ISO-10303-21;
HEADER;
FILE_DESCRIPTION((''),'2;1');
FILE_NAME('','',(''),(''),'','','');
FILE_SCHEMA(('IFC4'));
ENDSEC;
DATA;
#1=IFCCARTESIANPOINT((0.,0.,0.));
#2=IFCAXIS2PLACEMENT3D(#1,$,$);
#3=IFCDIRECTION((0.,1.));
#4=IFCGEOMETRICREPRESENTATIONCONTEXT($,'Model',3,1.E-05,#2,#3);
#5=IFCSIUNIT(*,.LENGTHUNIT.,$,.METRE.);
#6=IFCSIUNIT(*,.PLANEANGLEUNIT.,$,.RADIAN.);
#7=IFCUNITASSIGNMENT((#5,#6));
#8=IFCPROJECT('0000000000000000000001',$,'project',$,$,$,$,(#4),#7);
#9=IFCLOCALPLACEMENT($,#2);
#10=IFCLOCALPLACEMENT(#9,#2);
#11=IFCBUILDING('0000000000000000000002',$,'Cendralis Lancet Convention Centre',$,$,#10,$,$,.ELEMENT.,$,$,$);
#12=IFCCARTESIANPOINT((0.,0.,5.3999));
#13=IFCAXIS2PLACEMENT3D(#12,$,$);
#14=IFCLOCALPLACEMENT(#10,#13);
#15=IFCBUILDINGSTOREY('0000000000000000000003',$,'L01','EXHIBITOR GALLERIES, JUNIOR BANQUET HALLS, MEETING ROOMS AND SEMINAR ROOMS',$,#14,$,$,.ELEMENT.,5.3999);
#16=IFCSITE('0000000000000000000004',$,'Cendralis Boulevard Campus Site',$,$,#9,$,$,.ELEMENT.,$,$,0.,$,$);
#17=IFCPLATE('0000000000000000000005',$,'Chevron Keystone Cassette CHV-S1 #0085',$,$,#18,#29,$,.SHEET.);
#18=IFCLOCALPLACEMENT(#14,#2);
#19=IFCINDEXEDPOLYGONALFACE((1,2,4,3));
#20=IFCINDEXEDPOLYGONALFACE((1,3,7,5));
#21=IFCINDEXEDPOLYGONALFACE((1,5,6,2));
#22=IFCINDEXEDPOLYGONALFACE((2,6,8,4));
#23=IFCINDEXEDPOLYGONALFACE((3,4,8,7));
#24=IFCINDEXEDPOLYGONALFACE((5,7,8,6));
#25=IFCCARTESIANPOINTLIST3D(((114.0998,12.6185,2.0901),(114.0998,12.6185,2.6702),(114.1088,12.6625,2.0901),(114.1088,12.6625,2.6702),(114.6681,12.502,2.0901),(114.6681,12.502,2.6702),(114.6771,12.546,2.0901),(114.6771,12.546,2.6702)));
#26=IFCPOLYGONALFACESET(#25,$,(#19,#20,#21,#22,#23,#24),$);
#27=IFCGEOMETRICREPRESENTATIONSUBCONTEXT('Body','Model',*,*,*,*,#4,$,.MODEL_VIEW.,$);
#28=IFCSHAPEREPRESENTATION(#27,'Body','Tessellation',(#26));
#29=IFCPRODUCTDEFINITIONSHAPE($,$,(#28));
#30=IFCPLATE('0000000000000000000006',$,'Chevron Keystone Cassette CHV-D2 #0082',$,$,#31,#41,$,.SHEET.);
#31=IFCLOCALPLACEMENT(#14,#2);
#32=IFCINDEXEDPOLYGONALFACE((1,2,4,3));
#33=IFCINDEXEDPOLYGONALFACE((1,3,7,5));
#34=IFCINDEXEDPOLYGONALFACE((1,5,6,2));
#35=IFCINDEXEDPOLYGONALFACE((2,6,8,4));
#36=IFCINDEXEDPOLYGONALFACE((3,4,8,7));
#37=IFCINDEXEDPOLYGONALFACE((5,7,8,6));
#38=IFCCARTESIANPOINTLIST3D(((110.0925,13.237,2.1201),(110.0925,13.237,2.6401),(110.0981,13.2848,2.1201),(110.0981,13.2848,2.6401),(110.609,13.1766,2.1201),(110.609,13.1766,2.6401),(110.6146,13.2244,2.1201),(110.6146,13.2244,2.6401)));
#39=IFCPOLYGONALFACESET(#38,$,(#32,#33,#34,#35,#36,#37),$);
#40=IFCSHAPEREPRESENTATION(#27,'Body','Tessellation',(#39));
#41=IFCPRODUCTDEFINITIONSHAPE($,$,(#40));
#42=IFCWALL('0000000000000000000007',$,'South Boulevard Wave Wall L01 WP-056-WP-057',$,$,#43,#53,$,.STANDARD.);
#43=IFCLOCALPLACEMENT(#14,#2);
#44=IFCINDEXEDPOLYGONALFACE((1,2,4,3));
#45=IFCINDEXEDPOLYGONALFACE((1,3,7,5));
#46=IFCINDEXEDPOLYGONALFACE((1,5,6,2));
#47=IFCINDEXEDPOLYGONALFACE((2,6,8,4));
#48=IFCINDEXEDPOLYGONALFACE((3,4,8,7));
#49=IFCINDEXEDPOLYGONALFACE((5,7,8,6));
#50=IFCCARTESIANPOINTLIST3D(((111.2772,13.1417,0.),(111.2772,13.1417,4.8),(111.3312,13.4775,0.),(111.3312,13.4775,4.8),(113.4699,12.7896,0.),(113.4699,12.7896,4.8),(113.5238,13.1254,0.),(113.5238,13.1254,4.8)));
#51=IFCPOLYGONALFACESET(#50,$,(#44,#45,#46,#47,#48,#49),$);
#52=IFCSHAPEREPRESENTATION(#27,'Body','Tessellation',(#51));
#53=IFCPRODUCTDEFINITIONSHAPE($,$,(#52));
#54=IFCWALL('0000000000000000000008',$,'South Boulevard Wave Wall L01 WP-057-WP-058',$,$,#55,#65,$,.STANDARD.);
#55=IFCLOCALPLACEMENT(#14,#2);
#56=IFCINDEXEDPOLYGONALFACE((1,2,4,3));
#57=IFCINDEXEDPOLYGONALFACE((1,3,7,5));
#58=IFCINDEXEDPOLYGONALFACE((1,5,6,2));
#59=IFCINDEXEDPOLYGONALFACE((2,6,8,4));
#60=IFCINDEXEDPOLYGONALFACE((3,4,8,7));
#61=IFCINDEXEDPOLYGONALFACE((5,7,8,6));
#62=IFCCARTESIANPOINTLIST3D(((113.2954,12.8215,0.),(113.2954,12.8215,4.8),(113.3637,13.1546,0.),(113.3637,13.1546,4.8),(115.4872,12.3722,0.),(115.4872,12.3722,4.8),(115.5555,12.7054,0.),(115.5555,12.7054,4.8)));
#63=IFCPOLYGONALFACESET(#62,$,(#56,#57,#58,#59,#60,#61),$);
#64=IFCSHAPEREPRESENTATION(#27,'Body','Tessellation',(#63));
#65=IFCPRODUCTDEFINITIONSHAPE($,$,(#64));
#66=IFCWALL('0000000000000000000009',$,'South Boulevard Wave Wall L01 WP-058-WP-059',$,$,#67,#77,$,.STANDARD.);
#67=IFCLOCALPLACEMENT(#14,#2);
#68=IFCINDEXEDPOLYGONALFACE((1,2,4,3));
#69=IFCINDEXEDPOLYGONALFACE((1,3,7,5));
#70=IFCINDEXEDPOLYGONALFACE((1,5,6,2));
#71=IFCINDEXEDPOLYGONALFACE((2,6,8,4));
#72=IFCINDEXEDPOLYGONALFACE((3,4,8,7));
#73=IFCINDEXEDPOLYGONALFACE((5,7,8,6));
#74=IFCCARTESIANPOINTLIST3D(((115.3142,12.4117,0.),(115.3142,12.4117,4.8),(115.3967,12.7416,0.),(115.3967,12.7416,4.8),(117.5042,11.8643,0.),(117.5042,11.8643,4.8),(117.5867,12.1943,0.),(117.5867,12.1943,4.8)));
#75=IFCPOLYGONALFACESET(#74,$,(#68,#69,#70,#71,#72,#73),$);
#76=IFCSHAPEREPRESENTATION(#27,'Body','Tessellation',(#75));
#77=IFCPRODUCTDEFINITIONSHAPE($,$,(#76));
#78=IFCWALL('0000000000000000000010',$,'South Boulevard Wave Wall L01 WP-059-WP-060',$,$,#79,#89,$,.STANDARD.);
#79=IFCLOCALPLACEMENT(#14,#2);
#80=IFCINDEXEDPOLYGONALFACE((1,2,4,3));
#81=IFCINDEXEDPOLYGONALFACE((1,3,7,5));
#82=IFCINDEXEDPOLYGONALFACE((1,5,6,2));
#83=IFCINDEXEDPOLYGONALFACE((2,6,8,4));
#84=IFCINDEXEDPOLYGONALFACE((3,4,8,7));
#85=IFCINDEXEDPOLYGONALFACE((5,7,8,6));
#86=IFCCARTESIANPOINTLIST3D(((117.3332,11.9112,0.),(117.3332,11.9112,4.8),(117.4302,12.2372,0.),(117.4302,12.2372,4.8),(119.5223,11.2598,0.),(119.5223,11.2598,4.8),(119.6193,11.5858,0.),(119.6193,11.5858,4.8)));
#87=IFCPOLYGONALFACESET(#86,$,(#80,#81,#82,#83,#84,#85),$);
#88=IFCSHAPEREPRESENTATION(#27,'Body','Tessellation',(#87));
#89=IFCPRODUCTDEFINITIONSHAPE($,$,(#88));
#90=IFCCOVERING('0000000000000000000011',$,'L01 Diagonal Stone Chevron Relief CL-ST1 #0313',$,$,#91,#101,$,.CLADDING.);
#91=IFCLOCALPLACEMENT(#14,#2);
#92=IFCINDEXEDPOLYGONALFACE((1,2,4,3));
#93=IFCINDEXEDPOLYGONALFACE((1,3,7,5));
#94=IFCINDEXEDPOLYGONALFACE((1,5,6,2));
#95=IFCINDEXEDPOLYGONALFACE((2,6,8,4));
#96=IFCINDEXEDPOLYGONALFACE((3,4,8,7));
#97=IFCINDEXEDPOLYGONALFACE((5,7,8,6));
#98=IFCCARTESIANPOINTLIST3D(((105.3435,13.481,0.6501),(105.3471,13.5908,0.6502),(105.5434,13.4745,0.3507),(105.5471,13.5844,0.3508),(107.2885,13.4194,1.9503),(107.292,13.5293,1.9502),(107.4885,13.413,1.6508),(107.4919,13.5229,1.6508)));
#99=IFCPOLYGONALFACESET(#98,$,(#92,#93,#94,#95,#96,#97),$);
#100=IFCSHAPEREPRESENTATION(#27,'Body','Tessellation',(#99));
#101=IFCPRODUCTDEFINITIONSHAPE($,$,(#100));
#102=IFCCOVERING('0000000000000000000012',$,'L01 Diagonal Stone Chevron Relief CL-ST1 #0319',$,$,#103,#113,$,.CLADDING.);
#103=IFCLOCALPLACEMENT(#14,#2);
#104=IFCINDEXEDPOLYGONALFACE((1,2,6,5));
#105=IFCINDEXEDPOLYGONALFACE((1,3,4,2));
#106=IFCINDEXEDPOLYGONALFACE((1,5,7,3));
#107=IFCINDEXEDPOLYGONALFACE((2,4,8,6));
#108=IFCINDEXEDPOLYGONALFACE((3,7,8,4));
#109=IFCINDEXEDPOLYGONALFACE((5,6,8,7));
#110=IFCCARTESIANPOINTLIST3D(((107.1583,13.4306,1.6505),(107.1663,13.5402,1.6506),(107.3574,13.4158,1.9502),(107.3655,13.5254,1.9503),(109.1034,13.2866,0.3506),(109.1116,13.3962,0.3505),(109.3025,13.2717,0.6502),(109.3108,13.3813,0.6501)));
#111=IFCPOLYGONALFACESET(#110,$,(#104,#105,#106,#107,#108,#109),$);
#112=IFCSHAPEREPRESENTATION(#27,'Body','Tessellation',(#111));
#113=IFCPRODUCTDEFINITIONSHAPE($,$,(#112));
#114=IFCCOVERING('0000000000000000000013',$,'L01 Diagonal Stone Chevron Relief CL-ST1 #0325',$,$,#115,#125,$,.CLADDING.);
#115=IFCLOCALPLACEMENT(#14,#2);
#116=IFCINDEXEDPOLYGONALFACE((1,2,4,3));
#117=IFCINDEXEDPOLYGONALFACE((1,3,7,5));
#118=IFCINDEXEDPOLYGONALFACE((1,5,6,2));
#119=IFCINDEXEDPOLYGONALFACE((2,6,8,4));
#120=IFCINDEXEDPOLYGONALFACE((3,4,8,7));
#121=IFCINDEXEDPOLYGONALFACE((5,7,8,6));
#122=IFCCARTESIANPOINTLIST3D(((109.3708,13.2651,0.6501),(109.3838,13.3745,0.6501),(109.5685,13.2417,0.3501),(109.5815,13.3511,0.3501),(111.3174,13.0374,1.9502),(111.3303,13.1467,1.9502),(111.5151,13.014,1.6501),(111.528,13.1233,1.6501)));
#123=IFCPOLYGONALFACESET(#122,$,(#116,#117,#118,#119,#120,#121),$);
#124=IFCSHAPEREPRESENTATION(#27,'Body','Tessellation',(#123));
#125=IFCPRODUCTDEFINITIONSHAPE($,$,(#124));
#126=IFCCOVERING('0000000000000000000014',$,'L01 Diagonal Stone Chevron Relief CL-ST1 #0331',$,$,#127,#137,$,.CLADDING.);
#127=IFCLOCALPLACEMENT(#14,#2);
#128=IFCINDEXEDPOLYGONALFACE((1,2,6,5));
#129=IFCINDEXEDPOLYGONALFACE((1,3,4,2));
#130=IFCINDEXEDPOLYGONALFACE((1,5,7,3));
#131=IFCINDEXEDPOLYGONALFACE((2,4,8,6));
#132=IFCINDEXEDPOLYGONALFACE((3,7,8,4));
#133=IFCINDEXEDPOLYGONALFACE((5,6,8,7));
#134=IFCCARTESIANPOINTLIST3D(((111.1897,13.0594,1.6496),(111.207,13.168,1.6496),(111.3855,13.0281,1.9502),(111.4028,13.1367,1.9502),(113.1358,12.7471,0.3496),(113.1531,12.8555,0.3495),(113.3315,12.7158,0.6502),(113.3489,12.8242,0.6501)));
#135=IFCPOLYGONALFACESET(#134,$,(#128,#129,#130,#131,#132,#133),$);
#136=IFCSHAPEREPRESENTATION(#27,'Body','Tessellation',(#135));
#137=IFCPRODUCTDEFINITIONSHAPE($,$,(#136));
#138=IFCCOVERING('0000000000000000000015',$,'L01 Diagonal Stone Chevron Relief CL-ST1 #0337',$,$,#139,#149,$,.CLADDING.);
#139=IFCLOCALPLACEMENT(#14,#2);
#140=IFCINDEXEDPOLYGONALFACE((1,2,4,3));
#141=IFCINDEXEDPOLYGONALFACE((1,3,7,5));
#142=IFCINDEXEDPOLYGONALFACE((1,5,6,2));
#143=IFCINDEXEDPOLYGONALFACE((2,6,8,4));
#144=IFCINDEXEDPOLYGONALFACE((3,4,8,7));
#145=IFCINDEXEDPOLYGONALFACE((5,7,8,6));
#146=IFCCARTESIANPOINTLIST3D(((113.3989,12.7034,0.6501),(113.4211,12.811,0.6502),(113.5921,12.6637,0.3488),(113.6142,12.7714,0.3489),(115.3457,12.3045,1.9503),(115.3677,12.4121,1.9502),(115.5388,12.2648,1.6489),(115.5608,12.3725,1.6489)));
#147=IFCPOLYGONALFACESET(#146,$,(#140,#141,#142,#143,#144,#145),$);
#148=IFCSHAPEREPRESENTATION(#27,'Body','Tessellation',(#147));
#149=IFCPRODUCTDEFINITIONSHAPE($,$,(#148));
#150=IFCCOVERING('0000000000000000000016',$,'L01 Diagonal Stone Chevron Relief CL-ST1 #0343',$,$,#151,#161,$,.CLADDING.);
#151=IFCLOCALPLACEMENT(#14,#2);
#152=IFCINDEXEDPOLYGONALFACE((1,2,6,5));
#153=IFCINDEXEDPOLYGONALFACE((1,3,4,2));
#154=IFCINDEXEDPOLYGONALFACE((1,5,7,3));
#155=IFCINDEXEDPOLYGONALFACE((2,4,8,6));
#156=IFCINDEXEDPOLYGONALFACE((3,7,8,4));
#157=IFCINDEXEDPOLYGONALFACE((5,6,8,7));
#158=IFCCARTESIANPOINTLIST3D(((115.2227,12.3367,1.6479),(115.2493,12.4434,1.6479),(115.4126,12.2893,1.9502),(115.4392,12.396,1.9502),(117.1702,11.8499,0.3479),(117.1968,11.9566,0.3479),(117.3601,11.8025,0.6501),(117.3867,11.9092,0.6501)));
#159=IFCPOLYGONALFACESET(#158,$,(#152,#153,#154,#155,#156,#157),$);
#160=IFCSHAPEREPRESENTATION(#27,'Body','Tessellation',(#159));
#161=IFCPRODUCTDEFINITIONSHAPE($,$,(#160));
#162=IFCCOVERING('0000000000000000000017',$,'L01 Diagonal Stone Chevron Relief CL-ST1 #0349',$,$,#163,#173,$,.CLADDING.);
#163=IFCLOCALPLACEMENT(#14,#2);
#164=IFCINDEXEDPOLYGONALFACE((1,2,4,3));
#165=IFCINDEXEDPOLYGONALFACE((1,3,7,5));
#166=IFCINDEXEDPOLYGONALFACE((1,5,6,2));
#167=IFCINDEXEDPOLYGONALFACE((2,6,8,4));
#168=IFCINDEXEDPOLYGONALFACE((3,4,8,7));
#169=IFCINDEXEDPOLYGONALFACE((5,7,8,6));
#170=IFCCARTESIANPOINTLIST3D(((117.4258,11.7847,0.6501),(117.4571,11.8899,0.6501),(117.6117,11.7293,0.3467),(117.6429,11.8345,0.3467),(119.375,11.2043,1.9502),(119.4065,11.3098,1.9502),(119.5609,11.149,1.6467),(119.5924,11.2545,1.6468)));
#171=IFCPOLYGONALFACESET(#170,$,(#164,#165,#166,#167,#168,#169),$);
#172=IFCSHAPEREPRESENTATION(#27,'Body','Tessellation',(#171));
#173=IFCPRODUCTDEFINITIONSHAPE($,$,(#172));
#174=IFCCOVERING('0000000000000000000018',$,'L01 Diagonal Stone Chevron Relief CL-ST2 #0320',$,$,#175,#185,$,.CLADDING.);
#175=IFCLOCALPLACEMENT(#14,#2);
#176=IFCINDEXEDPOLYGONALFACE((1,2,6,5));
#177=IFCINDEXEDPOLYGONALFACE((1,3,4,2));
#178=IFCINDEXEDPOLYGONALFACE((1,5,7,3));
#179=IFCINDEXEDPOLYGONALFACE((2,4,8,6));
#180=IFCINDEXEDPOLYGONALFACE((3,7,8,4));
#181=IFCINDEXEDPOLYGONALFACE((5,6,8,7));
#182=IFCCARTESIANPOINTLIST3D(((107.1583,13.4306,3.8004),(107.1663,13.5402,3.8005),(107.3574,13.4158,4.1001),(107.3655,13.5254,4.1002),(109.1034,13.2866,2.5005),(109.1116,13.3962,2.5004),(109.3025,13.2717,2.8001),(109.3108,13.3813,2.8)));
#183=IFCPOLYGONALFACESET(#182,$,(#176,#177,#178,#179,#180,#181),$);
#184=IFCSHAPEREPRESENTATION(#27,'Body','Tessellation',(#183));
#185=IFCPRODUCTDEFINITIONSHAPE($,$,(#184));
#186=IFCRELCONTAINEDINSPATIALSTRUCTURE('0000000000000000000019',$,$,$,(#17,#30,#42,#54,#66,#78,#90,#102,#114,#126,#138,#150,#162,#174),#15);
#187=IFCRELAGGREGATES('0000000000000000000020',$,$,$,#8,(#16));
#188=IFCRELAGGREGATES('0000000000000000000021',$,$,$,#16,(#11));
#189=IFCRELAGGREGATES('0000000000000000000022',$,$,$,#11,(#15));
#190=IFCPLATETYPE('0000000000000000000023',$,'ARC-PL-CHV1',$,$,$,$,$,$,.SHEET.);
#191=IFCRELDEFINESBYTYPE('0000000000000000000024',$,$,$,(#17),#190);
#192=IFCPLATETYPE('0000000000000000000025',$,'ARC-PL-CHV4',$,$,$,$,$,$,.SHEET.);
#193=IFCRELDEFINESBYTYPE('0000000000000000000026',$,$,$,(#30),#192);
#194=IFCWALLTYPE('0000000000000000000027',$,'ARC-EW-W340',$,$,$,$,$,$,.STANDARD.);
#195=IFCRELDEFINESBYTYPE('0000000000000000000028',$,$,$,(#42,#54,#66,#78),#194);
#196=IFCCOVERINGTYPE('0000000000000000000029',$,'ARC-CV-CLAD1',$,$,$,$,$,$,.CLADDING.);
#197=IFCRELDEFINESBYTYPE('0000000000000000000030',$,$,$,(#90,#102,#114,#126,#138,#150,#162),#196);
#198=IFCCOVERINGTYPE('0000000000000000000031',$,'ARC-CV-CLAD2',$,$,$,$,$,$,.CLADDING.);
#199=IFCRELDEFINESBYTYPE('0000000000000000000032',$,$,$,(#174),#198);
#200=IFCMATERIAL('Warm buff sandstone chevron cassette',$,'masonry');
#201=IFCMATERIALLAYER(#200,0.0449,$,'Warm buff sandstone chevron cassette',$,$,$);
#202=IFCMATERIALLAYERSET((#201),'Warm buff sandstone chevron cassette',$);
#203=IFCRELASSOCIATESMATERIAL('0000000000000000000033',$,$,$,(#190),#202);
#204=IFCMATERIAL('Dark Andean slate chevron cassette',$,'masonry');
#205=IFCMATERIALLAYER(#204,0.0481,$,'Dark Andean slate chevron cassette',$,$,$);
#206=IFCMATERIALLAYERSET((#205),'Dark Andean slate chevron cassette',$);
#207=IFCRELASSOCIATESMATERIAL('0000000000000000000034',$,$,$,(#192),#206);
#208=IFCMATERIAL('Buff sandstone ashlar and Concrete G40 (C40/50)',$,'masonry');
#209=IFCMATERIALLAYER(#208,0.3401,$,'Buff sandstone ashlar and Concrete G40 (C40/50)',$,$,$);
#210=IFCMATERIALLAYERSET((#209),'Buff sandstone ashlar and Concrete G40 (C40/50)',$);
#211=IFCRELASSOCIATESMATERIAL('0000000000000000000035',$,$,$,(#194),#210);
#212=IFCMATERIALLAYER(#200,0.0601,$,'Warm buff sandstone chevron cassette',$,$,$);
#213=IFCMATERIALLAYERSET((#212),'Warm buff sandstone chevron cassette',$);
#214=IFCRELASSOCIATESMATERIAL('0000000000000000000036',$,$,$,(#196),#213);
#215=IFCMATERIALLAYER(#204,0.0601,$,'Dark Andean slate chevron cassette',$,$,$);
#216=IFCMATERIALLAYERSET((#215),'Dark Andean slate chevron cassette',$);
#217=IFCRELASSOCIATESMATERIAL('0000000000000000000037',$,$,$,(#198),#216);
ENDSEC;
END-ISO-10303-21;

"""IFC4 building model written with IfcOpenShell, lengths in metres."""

from ifc_helpers import new_model, si_unit, direction, frame, frame_2d, origin, origin_2d, place, context, subcontext, project, spatial, polyline, rectangle, outline, extrude, material, layer, layer_set, type_object, element, save


model = new_model("IFC4")

# Units and contexts
model_context = context("Model", 3, precision=1e-05, world=origin(), true_north=direction((0.0, 1.0)))
body_context = subcontext(model_context, "Body", "Model", "MODEL_VIEW")
ifc_project = project(units=[si_unit("LENGTHUNIT", "METRE"), si_unit("PLANEANGLEUNIT", "RADIAN")], contexts=[model_context])

# Site, building, storey
site_placement = place(None, origin())
site = spatial("IfcSite", under=ifc_project, at=site_placement, Name="Cendralis Boulevard Campus Site", CompositionType="ELEMENT", RefElevation=0.0)
building_placement = place(site_placement, origin())
building = spatial("IfcBuilding", under=site, at=building_placement, Name="Cendralis Lancet Convention Centre", CompositionType="ELEMENT")
storey_placement = place(building_placement, frame((0.0, 0.0, 5.3999)))
storey = spatial("IfcBuildingStorey", under=building, at=storey_placement, Name="L01", Description="EXHIBITOR GALLERIES, JUNIOR BANQUET HALLS, MEETING ROOMS AND SEMINAR ROOMS", CompositionType="ELEMENT", Elevation=5.3999)

# Plates
ifc_material_1 = material(Name="Warm buff sandstone chevron cassette", Category="masonry")
ifc_layer_1 = layer(ifc_material_1, 0.0449, Name="Warm buff sandstone chevron cassette")
ifc_layer_set_1 = layer_set([ifc_layer_1], Name="Warm buff sandstone chevron cassette")
plate_type_1 = type_object("IfcPlateType", Name="ARC-PL-CHV1", PredefinedType="SHEET", material=ifc_layer_set_1)
plate_1_placement = place(storey_placement, frame((114.3884, 12.5823, 2.0901), z_axis=(0.0, 0.0, 1.0), x_axis=(0.979638, -0.20077, 0.0)))
element("IfcPlate", 1, at=plate_1_placement, inside=storey, type_object=plate_type_1, Name="Chevron Keystone Cassette CHV-S1 #0085", PredefinedType="SHEET", context=body_context, shape_type="SweptSolid", body=[
    extrude(rectangle(XDim=0.5801, YDim=0.0449, at=origin_2d()), origin(), (0.0, 0.0, 1.0), 0.5801),
])
ifc_material_2 = material(Name="Dark Andean slate chevron cassette", Category="masonry")
ifc_layer_2 = layer(ifc_material_2, 0.0481, Name="Dark Andean slate chevron cassette")
ifc_layer_set_2 = layer_set([ifc_layer_2], Name="Dark Andean slate chevron cassette")
plate_type_2 = type_object("IfcPlateType", Name="ARC-PL-CHV4", PredefinedType="SHEET", material=ifc_layer_set_2)
plate_2_placement = place(storey_placement, frame((110.3535, 13.2307, 2.1201), z_axis=(0.0, 0.0, 1.0), x_axis=(0.993228, -0.116185, 0.0)))
element("IfcPlate", 2, at=plate_2_placement, inside=storey, type_object=plate_type_2, Name="Chevron Keystone Cassette CHV-D2 #0082", PredefinedType="SHEET", context=body_context, shape_type="SweptSolid", body=[
    extrude(rectangle(XDim=0.52, YDim=0.0481, at=origin_2d()), origin(), (0.0, 0.0, 1.0), 0.52),
])

# Walls
ifc_material_3 = material(Name="Buff sandstone ashlar and Concrete G40 (C40/50)", Category="masonry")
ifc_layer_3 = layer(ifc_material_3, 0.3401, Name="Buff sandstone ashlar and Concrete G40 (C40/50)")
ifc_layer_set_3 = layer_set([ifc_layer_3], Name="Buff sandstone ashlar and Concrete G40 (C40/50)")
wall_type = type_object("IfcWallType", Name="ARC-EW-W340", PredefinedType="STANDARD", material=ifc_layer_set_3)
wall_1_placement = place(storey_placement, frame((111.3042, 13.3096, 0.0), z_axis=(0.0, 0.0, 1.0), x_axis=(0.987354, -0.158531, 0.0)))
element("IfcWall", 3, at=wall_1_placement, inside=storey, type_object=wall_type, Name="South Boulevard Wave Wall L01 WP-056-WP-057", PredefinedType="STANDARD", context=body_context, shape_type="SweptSolid", body=[
    extrude(rectangle(XDim=2.2207, YDim=0.3401, at=frame_2d((1.1104, 0.0))), origin(), (0.0, 0.0, 1.0), 4.8),
])
wall_2_placement = place(storey_placement, frame((113.3296, 12.988, 0.0), z_axis=(0.0, 0.0, 1.0), x_axis=(0.979634, -0.200794, 0.0)))
element("IfcWall", 4, at=wall_2_placement, inside=storey, type_object=wall_type, Name="South Boulevard Wave Wall L01 WP-057-WP-058", PredefinedType="STANDARD", context=body_context, shape_type="SweptSolid", body=[
    extrude(rectangle(XDim=2.2373, YDim=0.3401, at=frame_2d((1.1187, 0.0))), origin(), (0.0, 0.0, 1.0), 4.8),
])
wall_3_placement = place(storey_placement, frame((115.3555, 12.5767, 0.0), z_axis=(0.0, 0.0, 1.0), x_axis=(0.970155, -0.242485, 0.0)))
element("IfcWall", 5, at=wall_3_placement, inside=storey, type_object=wall_type, Name="South Boulevard Wave Wall L01 WP-058-WP-059", PredefinedType="STANDARD", context=body_context, shape_type="SweptSolid", body=[
    extrude(rectangle(XDim=2.2573, YDim=0.3401, at=frame_2d((1.1287, 0.0))), origin(), (0.0, 0.0, 1.0), 4.8),
])
wall_4_placement = place(storey_placement, frame((117.3816, 12.0742, 0.0), z_axis=(0.0, 0.0, 1.0), x_axis=(0.958465, -0.285209, 0.0)))
element("IfcWall", 6, at=wall_4_placement, inside=storey, type_object=wall_type, Name="South Boulevard Wave Wall L01 WP-059-WP-060", PredefinedType="STANDARD", context=body_context, shape_type="SweptSolid", body=[
    extrude(rectangle(XDim=2.2839, YDim=0.3401, at=frame_2d((1.1421, 0.0))), origin(), (0.0, 0.0, 1.0), 4.8),
])

# Coverings
ifc_layer_4 = layer(ifc_material_1, 0.0601, Name="Warm buff sandstone chevron cassette")
ifc_layer_set_4 = layer_set([ifc_layer_4], Name="Warm buff sandstone chevron cassette")
covering_type_1 = type_object("IfcCoveringType", Name="ARC-CV-CLAD1", PredefinedType="CLADDING", material=ifc_layer_set_4)
covering_1_placement = place(storey_placement, frame((105.3435, 13.481, 0.6501), z_axis=(-0.555231, 0.017891, 0.831504), x_axis=(0.831088, -0.026288, 0.555519)))
element("IfcCovering", 7, at=covering_1_placement, inside=storey, type_object=covering_type_1, Name="L01 Diagonal Stone Chevron Relief CL-ST1 #0313", PredefinedType="CLADDING", context=body_context, shape_type="SweptSolid", body=[
    extrude(outline(polyline([(0.0, 0.0), (2.3403, 0.0), (2.3403, 0.1099), (0.0002, 0.1099), (0.0, 0.0)])), origin(), (0.0, 0.0, -1.0), 0.3601),
])
covering_2_placement = place(storey_placement, frame((107.3574, 13.4158, 1.9502), z_axis=(0.553076, -0.041265, 0.832108), x_axis=(0.829836, -0.061454, -0.554613)))
element("IfcCovering", 8, at=covering_2_placement, inside=storey, type_object=covering_type_1, Name="L01 Diagonal Stone Chevron Relief CL-ST1 #0319", PredefinedType="CLADDING", context=body_context, shape_type="SweptSolid", body=[
    extrude(outline(polyline([(0.0, 0.0), (2.344, 0.0), (2.3441, 0.1099), (-0.0001, 0.1099), (0.0, 0.0)])), origin(), (0.0, 0.0, -1.0), 0.3601),
])
covering_3_placement = place(storey_placement, frame((109.3708, 13.2651, 0.6501), z_axis=(-0.548959, 0.064944, 0.833322), x_axis=(0.827675, -0.096854, 0.552787)))
element("IfcCovering", 9, at=covering_3_placement, inside=storey, type_object=covering_type_1, Name="L01 Diagonal Stone Chevron Relief CL-ST1 #0325", PredefinedType="CLADDING", context=body_context, shape_type="SweptSolid", body=[
    extrude(outline(polyline([(0.0, 0.0), (2.3518, 0.0), (2.3519, 0.1101), (0.0001, 0.1101), (0.0, 0.0)])), origin(), (0.0, 0.0, -1.0), 0.3601),
])
covering_4_placement = place(storey_placement, frame((111.3855, 13.0281, 1.9502), z_axis=(0.543719, -0.086848, 0.834762), x_axis=(0.824219, -0.132251, -0.550611)))
element("IfcCovering", 10, at=covering_4_placement, inside=storey, type_object=covering_type_1, Name="L01 Diagonal Stone Chevron Relief CL-ST1 #0331", PredefinedType="CLADDING", context=body_context, shape_type="SweptSolid", body=[
    extrude(outline(polyline([(0.0, 0.0), (2.3611, 0.0), (2.361, 0.1098), (-0.0001, 0.11), (0.0, 0.0)])), origin(), (0.0, 0.0, -1.0), 0.3601),
])
covering_5_placement = place(storey_placement, frame((113.3989, 12.7034, 0.6501), z_axis=(-0.536304, 0.110058, 0.836818), x_axis=(0.819784, -0.167987, 0.547481)))
element("IfcCovering", 11, at=covering_5_placement, inside=storey, type_object=covering_type_1, Name="L01 Diagonal Stone Chevron Relief CL-ST1 #0337", PredefinedType="CLADDING", context=body_context, shape_type="SweptSolid", body=[
    extrude(outline(polyline([(0.0, 0.0), (2.3747, 0.0), (2.3746, 0.1099), (0.0001, 0.1099), (0.0, 0.0)])), origin(), (0.0, 0.0, -1.0), 0.3601),
])
covering_6_placement = place(storey_placement, frame((115.4126, 12.2893, 1.9502), z_axis=(0.527423, -0.131554, 0.839356), x_axis=(0.814301, -0.20355, -0.543582)))
element("IfcCovering", 12, at=covering_6_placement, inside=storey, type_object=covering_type_1, Name="L01 Diagonal Stone Chevron Relief CL-ST1 #0343", PredefinedType="CLADDING", context=body_context, shape_type="SweptSolid", body=[
    extrude(outline(polyline([(0.0, 0.0), (2.3916, 0.0), (2.3916, 0.11), (0.0, 0.11), (0.0, 0.0)])), origin(), (0.0, 0.0, -1.0), 0.3601),
])
covering_7_placement = place(storey_placement, frame((117.4258, 11.7847, 0.6501), z_axis=(-0.516176, 0.153716, 0.842576), x_axis=(0.807546, -0.240423, 0.538578)))
element("IfcCovering", 13, at=covering_7_placement, inside=storey, type_object=covering_type_1, Name="L01 Diagonal Stone Chevron Relief CL-ST1 #0349", PredefinedType="CLADDING", context=body_context, shape_type="SweptSolid", body=[
    extrude(outline(polyline([(0.0, 0.0), (2.4138, 0.0), (2.4139, 0.1101), (-0.0001, 0.1098), (0.0, 0.0)])), origin(), (0.0, 0.0, -1.0), 0.3601),
])
ifc_layer_5 = layer(ifc_material_2, 0.0601, Name="Dark Andean slate chevron cassette")
ifc_layer_set_5 = layer_set([ifc_layer_5], Name="Dark Andean slate chevron cassette")
covering_type_2 = type_object("IfcCoveringType", Name="ARC-CV-CLAD2", PredefinedType="CLADDING", material=ifc_layer_set_5)
covering_8_placement = place(storey_placement, frame((107.3574, 13.4158, 4.1001), z_axis=(0.553076, -0.041265, 0.832108), x_axis=(0.829836, -0.061454, -0.554613)))
element("IfcCovering", 14, at=covering_8_placement, inside=storey, type_object=covering_type_2, Name="L01 Diagonal Stone Chevron Relief CL-ST2 #0320", PredefinedType="CLADDING", context=body_context, shape_type="SweptSolid", body=[
    extrude(outline(polyline([(0.0, 0.0), (2.344, 0.0), (2.3441, 0.1099), (-0.0001, 0.1099), (0.0, 0.0)])), origin(), (0.0, 0.0, -1.0), 0.3601),
])

save(model, "model.ifc")
